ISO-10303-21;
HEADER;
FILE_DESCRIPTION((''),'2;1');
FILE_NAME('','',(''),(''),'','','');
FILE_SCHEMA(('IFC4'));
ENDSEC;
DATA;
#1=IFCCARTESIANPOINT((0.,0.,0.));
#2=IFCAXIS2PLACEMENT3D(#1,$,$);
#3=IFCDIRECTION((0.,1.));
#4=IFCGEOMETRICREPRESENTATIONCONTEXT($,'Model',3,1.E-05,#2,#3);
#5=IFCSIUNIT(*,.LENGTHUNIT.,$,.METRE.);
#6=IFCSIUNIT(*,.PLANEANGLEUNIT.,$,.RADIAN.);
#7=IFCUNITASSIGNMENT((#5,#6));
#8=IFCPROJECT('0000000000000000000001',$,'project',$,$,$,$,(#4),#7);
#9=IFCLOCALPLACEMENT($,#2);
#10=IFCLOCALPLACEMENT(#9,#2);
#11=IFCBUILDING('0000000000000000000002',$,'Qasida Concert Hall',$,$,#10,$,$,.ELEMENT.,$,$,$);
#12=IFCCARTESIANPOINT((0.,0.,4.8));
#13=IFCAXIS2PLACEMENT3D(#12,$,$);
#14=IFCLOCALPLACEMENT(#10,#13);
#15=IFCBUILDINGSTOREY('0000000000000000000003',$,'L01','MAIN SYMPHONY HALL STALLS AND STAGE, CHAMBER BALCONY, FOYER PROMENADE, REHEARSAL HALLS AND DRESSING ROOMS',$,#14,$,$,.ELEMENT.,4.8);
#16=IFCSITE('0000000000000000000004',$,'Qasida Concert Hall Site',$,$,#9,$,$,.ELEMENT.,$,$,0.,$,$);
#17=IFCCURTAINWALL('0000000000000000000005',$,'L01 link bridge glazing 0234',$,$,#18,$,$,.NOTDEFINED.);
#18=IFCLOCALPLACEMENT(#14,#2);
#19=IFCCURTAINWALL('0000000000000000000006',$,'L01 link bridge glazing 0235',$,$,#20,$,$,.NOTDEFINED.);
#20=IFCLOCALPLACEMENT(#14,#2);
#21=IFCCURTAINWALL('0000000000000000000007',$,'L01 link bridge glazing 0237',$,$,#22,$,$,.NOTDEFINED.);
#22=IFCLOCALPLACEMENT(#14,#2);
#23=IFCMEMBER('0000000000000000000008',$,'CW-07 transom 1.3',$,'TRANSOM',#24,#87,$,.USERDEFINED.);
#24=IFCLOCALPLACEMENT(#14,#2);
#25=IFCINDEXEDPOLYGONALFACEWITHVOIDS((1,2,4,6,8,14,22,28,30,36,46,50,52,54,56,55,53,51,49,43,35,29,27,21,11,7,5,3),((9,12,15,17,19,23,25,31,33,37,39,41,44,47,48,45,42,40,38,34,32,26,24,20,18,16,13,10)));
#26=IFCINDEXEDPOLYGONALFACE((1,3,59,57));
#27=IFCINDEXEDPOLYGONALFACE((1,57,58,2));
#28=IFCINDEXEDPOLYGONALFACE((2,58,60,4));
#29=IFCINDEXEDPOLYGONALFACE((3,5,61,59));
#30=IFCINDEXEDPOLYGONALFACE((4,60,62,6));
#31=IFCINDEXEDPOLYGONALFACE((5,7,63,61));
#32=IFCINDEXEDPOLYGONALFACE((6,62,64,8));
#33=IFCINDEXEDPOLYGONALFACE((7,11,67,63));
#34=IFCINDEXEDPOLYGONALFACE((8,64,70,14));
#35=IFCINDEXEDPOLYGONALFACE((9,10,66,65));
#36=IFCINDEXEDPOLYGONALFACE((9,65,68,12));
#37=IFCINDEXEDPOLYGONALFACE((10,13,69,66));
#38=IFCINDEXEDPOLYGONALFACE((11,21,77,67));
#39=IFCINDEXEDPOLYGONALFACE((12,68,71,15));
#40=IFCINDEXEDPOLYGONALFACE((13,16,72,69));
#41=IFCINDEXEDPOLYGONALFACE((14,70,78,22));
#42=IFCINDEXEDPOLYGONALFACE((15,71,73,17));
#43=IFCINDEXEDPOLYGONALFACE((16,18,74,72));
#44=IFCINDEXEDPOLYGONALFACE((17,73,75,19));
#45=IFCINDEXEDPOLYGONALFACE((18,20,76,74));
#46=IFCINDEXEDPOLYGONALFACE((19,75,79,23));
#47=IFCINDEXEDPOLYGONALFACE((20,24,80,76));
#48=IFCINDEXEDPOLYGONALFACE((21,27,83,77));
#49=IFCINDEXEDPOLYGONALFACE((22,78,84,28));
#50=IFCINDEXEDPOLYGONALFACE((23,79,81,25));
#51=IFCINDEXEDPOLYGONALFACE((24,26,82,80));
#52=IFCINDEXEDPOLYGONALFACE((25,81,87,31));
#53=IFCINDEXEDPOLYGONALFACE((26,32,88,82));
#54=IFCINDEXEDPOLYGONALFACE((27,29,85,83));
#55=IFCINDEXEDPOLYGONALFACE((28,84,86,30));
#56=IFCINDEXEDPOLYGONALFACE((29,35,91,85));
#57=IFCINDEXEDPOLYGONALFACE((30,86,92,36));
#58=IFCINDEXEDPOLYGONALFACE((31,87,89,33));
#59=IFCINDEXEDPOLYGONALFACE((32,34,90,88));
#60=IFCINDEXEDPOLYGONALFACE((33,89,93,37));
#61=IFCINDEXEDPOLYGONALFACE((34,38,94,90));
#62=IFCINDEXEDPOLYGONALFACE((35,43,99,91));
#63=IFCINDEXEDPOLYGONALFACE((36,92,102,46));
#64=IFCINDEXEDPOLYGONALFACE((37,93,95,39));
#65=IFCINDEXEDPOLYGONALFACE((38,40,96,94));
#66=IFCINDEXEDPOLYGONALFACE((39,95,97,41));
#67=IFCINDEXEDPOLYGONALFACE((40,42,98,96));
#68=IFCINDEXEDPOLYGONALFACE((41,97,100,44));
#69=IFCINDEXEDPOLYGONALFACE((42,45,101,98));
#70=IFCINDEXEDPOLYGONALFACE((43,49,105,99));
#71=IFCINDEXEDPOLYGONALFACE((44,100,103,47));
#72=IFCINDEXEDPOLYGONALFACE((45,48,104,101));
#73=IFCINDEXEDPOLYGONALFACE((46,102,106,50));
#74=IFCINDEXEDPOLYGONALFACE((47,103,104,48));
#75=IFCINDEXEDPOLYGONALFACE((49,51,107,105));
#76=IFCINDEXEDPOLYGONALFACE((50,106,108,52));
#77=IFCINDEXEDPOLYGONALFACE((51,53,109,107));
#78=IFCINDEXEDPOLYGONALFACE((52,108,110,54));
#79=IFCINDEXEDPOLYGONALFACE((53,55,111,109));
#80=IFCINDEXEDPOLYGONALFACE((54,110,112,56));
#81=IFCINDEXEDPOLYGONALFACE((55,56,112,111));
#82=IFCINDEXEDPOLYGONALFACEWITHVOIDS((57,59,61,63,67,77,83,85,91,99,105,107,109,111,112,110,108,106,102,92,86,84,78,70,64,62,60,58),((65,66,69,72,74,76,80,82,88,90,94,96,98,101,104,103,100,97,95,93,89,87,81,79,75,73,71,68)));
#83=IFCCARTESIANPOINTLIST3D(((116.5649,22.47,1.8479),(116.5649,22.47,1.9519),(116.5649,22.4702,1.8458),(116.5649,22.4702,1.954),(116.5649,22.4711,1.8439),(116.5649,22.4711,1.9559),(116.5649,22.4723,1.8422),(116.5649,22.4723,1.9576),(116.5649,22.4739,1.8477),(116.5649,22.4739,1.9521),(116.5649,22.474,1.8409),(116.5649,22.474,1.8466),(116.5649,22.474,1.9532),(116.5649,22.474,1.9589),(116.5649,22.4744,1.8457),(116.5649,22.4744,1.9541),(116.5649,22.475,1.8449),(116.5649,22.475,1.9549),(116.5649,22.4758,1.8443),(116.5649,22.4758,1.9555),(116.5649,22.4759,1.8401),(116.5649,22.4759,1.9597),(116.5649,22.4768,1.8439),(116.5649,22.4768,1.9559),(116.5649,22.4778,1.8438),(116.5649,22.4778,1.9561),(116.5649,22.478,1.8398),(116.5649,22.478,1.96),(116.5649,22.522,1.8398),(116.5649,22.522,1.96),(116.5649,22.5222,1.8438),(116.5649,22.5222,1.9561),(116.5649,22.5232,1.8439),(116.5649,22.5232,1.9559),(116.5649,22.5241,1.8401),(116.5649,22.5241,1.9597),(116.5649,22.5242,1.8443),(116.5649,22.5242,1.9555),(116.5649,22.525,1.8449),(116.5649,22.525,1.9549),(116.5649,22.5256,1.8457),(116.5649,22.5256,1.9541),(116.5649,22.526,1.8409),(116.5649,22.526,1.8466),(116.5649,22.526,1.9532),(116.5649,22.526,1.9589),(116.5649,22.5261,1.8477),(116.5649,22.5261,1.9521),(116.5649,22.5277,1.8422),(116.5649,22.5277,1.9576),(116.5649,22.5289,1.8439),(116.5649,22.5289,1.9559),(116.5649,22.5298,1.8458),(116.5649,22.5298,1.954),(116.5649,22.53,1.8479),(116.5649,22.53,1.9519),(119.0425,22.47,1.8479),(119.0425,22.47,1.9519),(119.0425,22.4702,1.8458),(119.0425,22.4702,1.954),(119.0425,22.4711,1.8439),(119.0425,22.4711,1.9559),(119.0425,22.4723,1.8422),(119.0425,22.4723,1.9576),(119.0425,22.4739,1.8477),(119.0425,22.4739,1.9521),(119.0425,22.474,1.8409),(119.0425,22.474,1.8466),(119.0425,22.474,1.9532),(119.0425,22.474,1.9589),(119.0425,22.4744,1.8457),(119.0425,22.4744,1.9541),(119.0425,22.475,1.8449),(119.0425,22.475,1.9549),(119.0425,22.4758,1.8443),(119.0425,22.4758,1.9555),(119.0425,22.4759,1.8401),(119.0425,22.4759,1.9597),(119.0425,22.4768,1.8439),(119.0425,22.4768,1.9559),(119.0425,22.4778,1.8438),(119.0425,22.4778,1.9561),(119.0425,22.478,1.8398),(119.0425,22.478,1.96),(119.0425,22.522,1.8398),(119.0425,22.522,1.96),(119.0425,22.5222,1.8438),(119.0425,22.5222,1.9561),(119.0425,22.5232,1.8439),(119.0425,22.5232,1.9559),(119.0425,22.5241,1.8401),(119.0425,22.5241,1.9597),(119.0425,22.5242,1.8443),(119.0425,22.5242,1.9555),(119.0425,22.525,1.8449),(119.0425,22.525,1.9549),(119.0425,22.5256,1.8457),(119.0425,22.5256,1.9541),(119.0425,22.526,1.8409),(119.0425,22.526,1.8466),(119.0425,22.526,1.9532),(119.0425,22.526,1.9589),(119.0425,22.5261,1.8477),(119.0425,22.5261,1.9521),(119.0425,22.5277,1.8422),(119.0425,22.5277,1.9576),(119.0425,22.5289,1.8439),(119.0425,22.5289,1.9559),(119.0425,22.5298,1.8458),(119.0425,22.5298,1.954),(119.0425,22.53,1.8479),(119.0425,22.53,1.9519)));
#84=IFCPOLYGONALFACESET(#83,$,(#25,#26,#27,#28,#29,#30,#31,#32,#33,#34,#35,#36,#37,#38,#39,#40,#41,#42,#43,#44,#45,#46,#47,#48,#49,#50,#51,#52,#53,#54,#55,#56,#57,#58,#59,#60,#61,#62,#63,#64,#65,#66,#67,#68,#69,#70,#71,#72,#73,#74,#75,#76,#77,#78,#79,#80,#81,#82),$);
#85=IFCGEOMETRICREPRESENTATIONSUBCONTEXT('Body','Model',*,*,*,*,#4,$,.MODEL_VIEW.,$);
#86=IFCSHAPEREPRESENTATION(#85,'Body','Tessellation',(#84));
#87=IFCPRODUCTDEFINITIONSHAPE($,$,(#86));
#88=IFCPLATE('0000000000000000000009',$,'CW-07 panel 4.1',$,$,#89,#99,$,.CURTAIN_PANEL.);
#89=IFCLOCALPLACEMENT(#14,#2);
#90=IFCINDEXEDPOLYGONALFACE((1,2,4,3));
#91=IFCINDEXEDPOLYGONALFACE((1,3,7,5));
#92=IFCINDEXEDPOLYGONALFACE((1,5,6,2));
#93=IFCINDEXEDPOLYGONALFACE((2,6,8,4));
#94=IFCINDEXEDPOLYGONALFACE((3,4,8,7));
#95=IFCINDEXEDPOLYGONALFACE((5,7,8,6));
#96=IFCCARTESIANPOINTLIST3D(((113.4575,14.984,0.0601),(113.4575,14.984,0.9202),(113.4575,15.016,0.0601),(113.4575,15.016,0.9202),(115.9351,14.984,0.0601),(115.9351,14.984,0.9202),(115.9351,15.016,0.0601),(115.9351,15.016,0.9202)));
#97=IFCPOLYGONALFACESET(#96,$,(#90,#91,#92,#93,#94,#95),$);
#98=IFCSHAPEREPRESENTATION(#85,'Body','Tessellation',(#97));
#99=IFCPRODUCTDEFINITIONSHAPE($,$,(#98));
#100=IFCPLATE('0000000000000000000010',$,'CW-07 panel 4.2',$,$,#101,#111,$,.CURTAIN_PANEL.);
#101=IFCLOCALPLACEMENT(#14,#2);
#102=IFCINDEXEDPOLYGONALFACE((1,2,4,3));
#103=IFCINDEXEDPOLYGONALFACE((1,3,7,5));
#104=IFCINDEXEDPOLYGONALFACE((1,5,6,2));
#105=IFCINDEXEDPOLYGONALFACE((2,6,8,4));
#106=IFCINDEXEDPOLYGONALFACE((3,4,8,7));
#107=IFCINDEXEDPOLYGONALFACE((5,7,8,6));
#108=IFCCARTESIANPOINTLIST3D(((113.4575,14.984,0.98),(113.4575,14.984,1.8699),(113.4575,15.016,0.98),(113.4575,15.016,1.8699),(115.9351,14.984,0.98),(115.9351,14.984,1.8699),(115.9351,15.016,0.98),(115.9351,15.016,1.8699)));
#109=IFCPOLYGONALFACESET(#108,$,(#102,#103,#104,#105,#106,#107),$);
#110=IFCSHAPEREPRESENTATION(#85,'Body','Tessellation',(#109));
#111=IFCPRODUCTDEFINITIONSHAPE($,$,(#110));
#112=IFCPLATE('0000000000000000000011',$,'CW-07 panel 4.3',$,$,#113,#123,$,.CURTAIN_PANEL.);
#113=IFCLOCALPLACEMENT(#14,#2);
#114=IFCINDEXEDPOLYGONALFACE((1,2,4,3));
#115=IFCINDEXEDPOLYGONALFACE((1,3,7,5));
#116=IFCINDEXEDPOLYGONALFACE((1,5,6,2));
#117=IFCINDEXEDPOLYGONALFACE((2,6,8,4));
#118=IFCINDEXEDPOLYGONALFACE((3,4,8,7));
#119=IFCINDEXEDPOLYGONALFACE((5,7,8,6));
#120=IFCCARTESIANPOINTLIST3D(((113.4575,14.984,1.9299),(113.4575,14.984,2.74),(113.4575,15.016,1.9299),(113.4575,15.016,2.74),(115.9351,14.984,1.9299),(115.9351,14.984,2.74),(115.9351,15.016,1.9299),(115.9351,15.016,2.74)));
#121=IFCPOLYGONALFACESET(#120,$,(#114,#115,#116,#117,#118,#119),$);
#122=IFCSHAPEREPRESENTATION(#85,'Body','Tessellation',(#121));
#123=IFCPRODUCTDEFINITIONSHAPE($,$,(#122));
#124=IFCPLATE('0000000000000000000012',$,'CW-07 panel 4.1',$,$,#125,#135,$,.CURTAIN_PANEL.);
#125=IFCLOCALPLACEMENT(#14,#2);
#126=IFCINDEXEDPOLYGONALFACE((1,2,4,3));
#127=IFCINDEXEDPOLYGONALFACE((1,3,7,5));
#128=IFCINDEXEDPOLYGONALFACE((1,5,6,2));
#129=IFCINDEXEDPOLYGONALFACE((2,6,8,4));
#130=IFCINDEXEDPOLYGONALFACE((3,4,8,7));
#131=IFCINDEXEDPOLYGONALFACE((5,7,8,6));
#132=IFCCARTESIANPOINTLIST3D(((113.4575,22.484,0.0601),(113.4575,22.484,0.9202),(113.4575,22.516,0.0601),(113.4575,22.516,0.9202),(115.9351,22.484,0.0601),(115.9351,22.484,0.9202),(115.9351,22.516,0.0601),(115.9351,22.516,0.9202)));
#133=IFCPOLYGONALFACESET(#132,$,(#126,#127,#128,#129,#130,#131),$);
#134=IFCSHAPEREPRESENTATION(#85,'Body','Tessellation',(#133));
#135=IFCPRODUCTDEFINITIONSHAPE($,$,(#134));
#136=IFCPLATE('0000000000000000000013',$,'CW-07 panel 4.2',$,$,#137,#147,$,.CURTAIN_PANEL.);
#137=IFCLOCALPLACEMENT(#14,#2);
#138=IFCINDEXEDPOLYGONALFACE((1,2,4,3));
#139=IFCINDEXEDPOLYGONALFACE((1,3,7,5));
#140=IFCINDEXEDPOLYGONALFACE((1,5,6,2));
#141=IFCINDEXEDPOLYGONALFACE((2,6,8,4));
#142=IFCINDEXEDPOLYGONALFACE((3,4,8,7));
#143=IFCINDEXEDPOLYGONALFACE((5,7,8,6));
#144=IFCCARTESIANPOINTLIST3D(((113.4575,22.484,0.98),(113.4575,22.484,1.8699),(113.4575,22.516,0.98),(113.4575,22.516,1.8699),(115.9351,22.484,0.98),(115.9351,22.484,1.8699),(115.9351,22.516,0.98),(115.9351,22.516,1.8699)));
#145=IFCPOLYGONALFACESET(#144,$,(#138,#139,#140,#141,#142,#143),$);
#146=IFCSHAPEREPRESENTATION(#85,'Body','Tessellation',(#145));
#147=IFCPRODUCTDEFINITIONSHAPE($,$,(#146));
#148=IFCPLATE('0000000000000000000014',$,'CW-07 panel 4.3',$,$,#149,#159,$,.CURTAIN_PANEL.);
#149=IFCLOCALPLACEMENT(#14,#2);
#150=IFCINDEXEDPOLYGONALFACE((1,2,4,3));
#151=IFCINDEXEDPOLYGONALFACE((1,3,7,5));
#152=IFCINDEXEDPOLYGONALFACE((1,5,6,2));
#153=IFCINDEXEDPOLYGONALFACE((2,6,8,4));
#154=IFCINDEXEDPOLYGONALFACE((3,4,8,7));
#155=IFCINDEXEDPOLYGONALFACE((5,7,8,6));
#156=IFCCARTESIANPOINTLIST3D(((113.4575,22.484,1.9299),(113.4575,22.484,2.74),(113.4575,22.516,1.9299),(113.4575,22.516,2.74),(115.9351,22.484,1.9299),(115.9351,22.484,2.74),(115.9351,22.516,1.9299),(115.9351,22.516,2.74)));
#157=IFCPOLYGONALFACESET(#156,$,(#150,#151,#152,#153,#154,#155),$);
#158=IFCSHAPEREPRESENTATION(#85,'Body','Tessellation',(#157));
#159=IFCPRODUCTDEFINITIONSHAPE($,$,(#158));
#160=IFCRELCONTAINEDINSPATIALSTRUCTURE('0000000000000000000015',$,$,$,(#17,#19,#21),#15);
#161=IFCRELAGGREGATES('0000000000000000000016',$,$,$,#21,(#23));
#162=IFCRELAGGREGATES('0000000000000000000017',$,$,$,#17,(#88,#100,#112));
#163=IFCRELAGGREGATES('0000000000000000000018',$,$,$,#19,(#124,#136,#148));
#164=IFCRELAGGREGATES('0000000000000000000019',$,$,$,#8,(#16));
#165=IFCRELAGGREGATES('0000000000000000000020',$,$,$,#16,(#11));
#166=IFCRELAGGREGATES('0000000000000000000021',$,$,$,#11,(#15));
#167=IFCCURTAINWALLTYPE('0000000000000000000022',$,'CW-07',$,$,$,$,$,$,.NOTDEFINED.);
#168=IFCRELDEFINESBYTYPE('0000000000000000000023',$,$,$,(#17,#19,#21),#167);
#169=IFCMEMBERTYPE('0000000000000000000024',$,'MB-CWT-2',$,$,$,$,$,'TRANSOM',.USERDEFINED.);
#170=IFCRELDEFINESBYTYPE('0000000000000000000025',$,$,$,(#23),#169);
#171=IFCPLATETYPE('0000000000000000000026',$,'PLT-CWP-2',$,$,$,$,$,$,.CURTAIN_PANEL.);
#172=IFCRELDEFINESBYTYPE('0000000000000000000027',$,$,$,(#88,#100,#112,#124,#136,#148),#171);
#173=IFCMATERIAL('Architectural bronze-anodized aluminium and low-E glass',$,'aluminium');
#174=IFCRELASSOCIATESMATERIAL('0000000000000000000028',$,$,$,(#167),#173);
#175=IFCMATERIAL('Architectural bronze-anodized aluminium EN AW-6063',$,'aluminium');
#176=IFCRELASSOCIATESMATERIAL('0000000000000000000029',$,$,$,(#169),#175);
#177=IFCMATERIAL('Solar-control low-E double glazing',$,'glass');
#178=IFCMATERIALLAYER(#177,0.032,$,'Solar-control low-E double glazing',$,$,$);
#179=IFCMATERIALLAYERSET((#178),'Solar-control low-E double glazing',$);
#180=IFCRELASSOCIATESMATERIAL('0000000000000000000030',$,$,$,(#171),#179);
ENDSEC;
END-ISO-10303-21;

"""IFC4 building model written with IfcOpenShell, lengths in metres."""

from ifc_helpers import new_model, si_unit, direction, frame, origin, origin_2d, place, context, subcontext, project, spatial, rectangle, hollow_rectangle, extrude, material, layer, layer_set, material_profile, profile_set, type_object, element, aggregate, save


model = new_model("IFC4")

# Units and contexts
model_context = context("Model", 3, precision=1e-05, world=origin(), true_north=direction((0.0, 1.0)))
body_context = subcontext(model_context, "Body", "Model", "MODEL_VIEW")
ifc_project = project(units=[si_unit("LENGTHUNIT", "METRE"), si_unit("PLANEANGLEUNIT", "RADIAN")], contexts=[model_context])

# Site, building, storey
site_placement = place(None, origin())
site = spatial("IfcSite", under=ifc_project, at=site_placement, Name="Qasida Concert Hall Site", CompositionType="ELEMENT", RefElevation=0.0)
building_placement = place(site_placement, origin())
building = spatial("IfcBuilding", under=site, at=building_placement, Name="Qasida Concert Hall", CompositionType="ELEMENT")
storey_placement = place(building_placement, frame((0.0, 0.0, 4.8)))
storey = spatial("IfcBuildingStorey", under=building, at=storey_placement, Name="L01", Description="MAIN SYMPHONY HALL STALLS AND STAGE, CHAMBER BALCONY, FOYER PROMENADE, REHEARSAL HALLS AND DRESSING ROOMS", CompositionType="ELEMENT", Elevation=4.8)

# Curtain walls
ifc_material_1 = material(Name="Architectural bronze-anodized aluminium and low-E glass", Category="aluminium")
curtain_wall_type = type_object("IfcCurtainWallType", Name="CW-07", PredefinedType="NOTDEFINED", material=ifc_material_1)
curtain_wall_1_placement = place(storey_placement, origin())
curtain_wall_1 = element("IfcCurtainWall", 1, at=curtain_wall_1_placement, inside=storey, type_object=curtain_wall_type, Name="L01 link bridge glazing 0234", PredefinedType="NOTDEFINED")
ifc_material_2 = material(Name="Architectural bronze-anodized aluminium EN AW-6063", Category="aluminium")
curtain_wall_2_placement = place(storey_placement, origin())
curtain_wall_2 = element("IfcCurtainWall", 2, at=curtain_wall_2_placement, inside=storey, type_object=curtain_wall_type, Name="L01 link bridge glazing 0235", PredefinedType="NOTDEFINED")
curtain_wall_3_placement = place(storey_placement, origin())
curtain_wall_3 = element("IfcCurtainWall", 3, at=curtain_wall_3_placement, inside=storey, type_object=curtain_wall_type, Name="L01 link bridge glazing 0237", PredefinedType="NOTDEFINED")

# Member
ifc_material_profile_1 = material_profile(ifc_material_2, hollow_rectangle(XDim=0.0601, YDim=0.1201, WallThickness=0.0039, InnerFilletRadius=0.0039, OuterFilletRadius=0.0081, at=origin_2d()), Name="CWT 120x60x4")
ifc_profile_set_1 = profile_set([ifc_material_profile_1], Name="Architectural bronze-anodized aluminium EN AW-6063")
member_type_1 = type_object("IfcMemberType", Name="MB-CWT-2", ElementType="TRANSOM", PredefinedType="USERDEFINED", material=ifc_profile_set_1)
member_1_placement = place(storey_placement, frame((116.5649, 22.5, 1.8999), z_axis=(1.0, 0.0, 0.0), x_axis=(0.0, 1.0, 0.0)))
member_1 = element("IfcMember", 4, at=member_1_placement, type_object=member_type_1, Name="CW-07 transom 1.3", ObjectType="TRANSOM", PredefinedType="USERDEFINED", context=body_context, shape_type="SweptSolid", body=[
    extrude(hollow_rectangle(XDim=0.0601, YDim=0.1201, WallThickness=0.0039, InnerFilletRadius=0.0039, OuterFilletRadius=0.0081, at=origin_2d()), origin(), (0.0, 0.0, 1.0), 2.4775),
])
aggregate(curtain_wall_3, [member_1])

# Plates
ifc_material_3 = material(Name="Solar-control low-E double glazing", Category="glass")
ifc_layer = layer(ifc_material_3, 0.032, Name="Solar-control low-E double glazing")
ifc_layer_set = layer_set([ifc_layer], Name="Solar-control low-E double glazing")
plate_type = type_object("IfcPlateType", Name="PLT-CWP-2", PredefinedType="CURTAIN_PANEL", material=ifc_layer_set)
plate_1_placement = place(storey_placement, frame((114.6963, 15.0, 0.0601), z_axis=(0.0, 0.0, 1.0), x_axis=(1.0, 0.0, 0.0)))
plate_1 = element("IfcPlate", 5, at=plate_1_placement, type_object=plate_type, Name="CW-07 panel 4.1", PredefinedType="CURTAIN_PANEL", context=body_context, shape_type="SweptSolid", body=[
    extrude(rectangle(XDim=2.4775, YDim=0.032, at=origin_2d()), origin(), (0.0, 0.0, 1.0), 0.8601),
])
plate_2_placement = place(storey_placement, frame((114.6963, 15.0, 0.98), z_axis=(0.0, 0.0, 1.0), x_axis=(1.0, 0.0, 0.0)))
plate_2 = element("IfcPlate", 6, at=plate_2_placement, type_object=plate_type, Name="CW-07 panel 4.2", PredefinedType="CURTAIN_PANEL", context=body_context, shape_type="SweptSolid", body=[
    extrude(rectangle(XDim=2.4775, YDim=0.032, at=origin_2d()), origin(), (0.0, 0.0, 1.0), 0.8899),
])
plate_3_placement = place(storey_placement, frame((114.6963, 15.0, 1.9299), z_axis=(0.0, 0.0, 1.0), x_axis=(1.0, 0.0, 0.0)))
plate_3 = element("IfcPlate", 7, at=plate_3_placement, type_object=plate_type, Name="CW-07 panel 4.3", PredefinedType="CURTAIN_PANEL", context=body_context, shape_type="SweptSolid", body=[
    extrude(rectangle(XDim=2.4775, YDim=0.032, at=origin_2d()), origin(), (0.0, 0.0, 1.0), 0.8101),
])
aggregate(curtain_wall_1, [plate_1, plate_2, plate_3])
plate_4_placement = place(storey_placement, frame((114.6963, 22.5, 0.0601), z_axis=(0.0, 0.0, 1.0), x_axis=(1.0, 0.0, 0.0)))
plate_4 = element("IfcPlate", 8, at=plate_4_placement, type_object=plate_type, Name="CW-07 panel 4.1", PredefinedType="CURTAIN_PANEL", context=body_context, shape_type="SweptSolid", body=[
    extrude(rectangle(XDim=2.4775, YDim=0.032, at=origin_2d()), origin(), (0.0, 0.0, 1.0), 0.8601),
])
plate_5_placement = place(storey_placement, frame((114.6963, 22.5, 0.98), z_axis=(0.0, 0.0, 1.0), x_axis=(1.0, 0.0, 0.0)))
plate_5 = element("IfcPlate", 9, at=plate_5_placement, type_object=plate_type, Name="CW-07 panel 4.2", PredefinedType="CURTAIN_PANEL", context=body_context, shape_type="SweptSolid", body=[
    extrude(rectangle(XDim=2.4775, YDim=0.032, at=origin_2d()), origin(), (0.0, 0.0, 1.0), 0.8899),
])
plate_6_placement = place(storey_placement, frame((114.6963, 22.5, 1.9299), z_axis=(0.0, 0.0, 1.0), x_axis=(1.0, 0.0, 0.0)))
plate_6 = element("IfcPlate", 10, at=plate_6_placement, type_object=plate_type, Name="CW-07 panel 4.3", PredefinedType="CURTAIN_PANEL", context=body_context, shape_type="SweptSolid", body=[
    extrude(rectangle(XDim=2.4775, YDim=0.032, at=origin_2d()), origin(), (0.0, 0.0, 1.0), 0.8101),
])
aggregate(curtain_wall_2, [plate_4, plate_5, plate_6])

save(model, "model.ifc")
